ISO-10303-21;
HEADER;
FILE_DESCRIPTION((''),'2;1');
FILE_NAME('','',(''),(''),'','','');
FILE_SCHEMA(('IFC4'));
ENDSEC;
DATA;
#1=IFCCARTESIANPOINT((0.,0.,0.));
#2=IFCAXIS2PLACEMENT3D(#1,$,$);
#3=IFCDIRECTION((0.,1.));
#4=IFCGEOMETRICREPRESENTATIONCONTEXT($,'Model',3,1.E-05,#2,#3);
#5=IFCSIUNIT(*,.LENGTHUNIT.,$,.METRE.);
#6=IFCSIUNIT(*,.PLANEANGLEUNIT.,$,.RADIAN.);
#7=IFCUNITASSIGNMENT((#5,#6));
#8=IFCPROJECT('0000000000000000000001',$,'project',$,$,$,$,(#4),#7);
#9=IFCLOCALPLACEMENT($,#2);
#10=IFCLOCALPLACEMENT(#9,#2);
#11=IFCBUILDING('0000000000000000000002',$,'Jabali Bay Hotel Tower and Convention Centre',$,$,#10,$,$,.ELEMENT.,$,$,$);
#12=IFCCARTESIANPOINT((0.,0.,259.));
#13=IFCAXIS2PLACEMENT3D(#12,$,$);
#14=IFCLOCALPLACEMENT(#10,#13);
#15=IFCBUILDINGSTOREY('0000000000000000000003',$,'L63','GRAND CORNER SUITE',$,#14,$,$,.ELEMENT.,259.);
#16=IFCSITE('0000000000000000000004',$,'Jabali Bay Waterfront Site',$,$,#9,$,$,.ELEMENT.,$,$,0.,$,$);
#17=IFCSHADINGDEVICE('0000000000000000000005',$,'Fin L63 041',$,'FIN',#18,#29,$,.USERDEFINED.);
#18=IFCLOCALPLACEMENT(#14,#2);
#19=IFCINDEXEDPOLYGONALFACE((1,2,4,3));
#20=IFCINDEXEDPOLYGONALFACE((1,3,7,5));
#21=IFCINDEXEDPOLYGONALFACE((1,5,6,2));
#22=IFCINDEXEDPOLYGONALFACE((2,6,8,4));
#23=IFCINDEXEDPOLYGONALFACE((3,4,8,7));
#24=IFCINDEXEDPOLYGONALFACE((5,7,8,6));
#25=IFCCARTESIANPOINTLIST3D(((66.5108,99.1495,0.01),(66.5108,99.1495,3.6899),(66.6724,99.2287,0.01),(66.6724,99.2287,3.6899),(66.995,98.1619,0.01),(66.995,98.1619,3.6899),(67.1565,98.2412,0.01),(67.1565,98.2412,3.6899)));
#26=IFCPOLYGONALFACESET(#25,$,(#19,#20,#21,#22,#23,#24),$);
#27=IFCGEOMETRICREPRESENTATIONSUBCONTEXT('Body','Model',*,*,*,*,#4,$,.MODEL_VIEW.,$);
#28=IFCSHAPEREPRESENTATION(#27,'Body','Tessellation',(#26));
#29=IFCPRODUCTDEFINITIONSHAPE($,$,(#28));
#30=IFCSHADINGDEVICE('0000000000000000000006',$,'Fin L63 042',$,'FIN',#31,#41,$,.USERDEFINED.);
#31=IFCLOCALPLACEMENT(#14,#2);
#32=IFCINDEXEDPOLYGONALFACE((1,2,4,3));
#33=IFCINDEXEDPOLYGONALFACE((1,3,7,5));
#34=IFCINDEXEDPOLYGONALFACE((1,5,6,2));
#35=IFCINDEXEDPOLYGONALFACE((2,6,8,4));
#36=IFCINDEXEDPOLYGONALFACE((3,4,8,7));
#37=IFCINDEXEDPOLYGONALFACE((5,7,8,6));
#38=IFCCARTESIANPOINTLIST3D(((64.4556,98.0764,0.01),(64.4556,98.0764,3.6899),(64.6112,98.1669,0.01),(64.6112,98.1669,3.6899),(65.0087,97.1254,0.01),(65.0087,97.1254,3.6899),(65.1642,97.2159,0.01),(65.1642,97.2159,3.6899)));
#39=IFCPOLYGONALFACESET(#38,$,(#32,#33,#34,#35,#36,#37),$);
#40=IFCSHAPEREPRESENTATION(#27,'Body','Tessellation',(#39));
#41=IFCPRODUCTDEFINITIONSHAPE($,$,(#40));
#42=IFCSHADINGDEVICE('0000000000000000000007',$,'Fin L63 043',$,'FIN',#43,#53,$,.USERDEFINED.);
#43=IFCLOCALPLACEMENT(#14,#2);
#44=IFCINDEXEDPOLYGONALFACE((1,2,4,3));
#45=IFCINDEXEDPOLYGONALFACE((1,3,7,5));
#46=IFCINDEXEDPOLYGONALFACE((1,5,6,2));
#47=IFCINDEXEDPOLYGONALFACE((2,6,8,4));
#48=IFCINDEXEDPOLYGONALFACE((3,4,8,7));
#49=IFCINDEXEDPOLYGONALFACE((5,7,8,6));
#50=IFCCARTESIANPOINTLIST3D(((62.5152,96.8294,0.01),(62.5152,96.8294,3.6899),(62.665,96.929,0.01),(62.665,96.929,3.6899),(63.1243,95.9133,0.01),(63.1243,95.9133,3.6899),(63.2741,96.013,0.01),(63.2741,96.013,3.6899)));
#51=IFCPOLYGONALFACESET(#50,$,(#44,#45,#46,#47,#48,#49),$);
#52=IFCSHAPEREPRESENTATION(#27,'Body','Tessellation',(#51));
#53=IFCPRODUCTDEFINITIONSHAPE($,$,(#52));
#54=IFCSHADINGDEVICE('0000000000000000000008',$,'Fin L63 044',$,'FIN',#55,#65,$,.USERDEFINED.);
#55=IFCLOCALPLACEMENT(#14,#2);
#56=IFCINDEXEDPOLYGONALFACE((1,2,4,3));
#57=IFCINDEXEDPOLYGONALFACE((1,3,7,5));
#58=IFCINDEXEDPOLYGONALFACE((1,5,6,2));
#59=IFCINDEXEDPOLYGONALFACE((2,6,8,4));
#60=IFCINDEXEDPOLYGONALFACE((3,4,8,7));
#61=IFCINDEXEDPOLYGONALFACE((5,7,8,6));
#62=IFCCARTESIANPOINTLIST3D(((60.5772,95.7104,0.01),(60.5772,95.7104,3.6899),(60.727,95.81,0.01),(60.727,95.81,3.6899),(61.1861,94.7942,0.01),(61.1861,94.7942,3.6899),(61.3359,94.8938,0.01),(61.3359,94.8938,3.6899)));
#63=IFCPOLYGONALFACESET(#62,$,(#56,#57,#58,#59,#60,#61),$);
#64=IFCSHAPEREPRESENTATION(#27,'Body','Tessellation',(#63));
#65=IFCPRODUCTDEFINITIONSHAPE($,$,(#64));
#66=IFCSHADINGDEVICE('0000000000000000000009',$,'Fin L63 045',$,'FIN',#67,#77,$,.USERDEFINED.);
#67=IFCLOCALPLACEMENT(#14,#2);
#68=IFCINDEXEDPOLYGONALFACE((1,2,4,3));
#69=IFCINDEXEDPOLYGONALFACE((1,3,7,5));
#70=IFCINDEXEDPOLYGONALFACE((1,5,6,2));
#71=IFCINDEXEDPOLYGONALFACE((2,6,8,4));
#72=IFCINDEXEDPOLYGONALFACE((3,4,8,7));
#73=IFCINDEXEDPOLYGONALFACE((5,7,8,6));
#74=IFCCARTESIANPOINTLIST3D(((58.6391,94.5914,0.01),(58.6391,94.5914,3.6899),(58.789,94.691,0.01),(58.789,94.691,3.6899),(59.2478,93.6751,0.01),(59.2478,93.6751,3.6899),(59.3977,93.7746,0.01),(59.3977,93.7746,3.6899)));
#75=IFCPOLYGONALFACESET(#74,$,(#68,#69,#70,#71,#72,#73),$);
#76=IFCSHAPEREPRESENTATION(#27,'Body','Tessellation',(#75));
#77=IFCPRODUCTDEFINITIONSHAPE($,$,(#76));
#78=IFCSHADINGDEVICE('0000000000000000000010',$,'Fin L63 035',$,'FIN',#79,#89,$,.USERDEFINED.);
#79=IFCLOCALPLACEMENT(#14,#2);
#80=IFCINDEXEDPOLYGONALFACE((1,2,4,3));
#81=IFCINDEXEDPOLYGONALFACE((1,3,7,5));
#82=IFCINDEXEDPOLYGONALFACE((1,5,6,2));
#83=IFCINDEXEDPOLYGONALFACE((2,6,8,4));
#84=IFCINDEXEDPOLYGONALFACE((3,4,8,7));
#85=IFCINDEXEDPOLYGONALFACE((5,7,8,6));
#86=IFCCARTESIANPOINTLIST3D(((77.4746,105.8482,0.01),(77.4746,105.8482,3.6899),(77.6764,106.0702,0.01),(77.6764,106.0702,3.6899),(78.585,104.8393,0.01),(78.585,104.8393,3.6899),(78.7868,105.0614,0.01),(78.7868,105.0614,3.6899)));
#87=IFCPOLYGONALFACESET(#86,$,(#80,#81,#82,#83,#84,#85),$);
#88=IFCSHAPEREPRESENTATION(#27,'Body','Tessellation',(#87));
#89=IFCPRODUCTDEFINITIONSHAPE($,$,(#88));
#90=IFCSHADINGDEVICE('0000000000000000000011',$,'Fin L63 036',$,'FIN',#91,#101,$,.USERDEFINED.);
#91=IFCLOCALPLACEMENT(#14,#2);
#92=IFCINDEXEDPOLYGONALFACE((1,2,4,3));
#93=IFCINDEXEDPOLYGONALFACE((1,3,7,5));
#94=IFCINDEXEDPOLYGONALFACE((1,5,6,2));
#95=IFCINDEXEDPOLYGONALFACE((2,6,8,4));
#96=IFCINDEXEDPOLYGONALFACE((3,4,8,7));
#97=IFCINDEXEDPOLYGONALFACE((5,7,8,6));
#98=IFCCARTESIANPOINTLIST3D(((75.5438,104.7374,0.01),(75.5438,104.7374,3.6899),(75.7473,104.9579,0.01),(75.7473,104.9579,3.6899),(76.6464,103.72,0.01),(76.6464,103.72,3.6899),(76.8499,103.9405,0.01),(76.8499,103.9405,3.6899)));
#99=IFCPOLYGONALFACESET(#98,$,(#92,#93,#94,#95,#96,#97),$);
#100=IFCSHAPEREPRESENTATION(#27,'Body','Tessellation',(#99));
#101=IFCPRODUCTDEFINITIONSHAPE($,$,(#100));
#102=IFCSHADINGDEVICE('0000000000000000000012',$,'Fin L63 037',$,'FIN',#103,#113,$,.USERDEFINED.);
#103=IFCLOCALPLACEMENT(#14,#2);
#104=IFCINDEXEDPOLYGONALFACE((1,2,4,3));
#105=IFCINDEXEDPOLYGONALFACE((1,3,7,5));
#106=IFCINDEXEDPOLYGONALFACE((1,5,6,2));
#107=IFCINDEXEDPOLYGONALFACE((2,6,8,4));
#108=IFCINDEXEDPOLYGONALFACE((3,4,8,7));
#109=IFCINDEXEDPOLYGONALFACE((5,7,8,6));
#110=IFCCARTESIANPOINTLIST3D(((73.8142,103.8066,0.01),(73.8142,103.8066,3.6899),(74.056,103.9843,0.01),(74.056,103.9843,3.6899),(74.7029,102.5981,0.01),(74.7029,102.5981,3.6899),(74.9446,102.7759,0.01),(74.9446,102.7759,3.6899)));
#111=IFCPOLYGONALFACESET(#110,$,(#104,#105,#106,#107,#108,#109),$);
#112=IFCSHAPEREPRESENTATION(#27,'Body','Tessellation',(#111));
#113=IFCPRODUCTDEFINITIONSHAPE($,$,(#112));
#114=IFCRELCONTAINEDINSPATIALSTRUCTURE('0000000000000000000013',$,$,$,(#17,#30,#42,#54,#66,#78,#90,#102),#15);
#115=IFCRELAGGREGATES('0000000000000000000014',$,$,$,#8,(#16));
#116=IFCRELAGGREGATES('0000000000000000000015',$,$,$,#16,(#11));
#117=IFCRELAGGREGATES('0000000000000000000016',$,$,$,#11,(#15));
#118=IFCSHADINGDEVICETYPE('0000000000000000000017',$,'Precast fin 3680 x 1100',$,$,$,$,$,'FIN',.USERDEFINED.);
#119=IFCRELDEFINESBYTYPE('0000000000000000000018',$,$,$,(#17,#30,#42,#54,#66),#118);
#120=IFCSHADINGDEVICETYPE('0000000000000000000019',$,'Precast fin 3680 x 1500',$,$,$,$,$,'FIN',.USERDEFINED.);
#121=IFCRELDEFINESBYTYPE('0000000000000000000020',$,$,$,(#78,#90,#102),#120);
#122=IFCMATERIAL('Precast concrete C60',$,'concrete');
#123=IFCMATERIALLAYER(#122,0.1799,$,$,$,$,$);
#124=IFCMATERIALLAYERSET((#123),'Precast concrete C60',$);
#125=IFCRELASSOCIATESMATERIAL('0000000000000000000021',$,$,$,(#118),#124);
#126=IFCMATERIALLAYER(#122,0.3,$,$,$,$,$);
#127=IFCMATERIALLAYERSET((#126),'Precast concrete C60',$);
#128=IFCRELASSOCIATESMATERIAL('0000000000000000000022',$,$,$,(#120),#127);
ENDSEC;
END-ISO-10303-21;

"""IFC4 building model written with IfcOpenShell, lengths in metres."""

from ifc_helpers import new_model, si_unit, direction, frame, frame_2d, origin, place, context, subcontext, project, spatial, rectangle, extrude, material, layer, layer_set, type_object, element, save


model = new_model("IFC4")

# Units and contexts
model_context = context("Model", 3, precision=1e-05, world=origin(), true_north=direction((0.0, 1.0)))
body_context = subcontext(model_context, "Body", "Model", "MODEL_VIEW")
ifc_project = project(units=[si_unit("LENGTHUNIT", "METRE"), si_unit("PLANEANGLEUNIT", "RADIAN")], contexts=[model_context])

# Site, building, storey
site_placement = place(None, origin())
site = spatial("IfcSite", under=ifc_project, at=site_placement, Name="Jabali Bay Waterfront Site", CompositionType="ELEMENT", RefElevation=0.0)
building_placement = place(site_placement, origin())
building = spatial("IfcBuilding", under=site, at=building_placement, Name="Jabali Bay Hotel Tower and Convention Centre", CompositionType="ELEMENT")
storey_placement = place(building_placement, frame((0.0, 0.0, 259.0)))
storey = spatial("IfcBuildingStorey", under=building, at=storey_placement, Name="L63", Description="GRAND CORNER SUITE", CompositionType="ELEMENT", Elevation=259.0)

# Shading devices
ifc_material_1 = material(Name="Precast concrete C60", Category="concrete")
ifc_layer_1 = layer(ifc_material_1, 0.1799)
ifc_layer_set_1 = layer_set([ifc_layer_1], Name="Precast concrete C60")
shading_device_type_1 = type_object("IfcShadingDeviceType", Name="Precast fin 3680 x 1100", ElementType="FIN", PredefinedType="USERDEFINED", material=ifc_layer_set_1)
shading_device_1_placement = place(storey_placement, frame((67.0757, 98.2017, 0.01), z_axis=(0.0, 0.0, 1.0), x_axis=(-0.440185, 0.897907, 0.0)))
element("IfcShadingDevice", 1, at=shading_device_1_placement, inside=storey, type_object=shading_device_type_1, Name="Fin L63 041", ObjectType="FIN", PredefinedType="USERDEFINED", context=body_context, shape_type="SweptSolid", body=[
    extrude(rectangle(XDim=1.0999, YDim=0.1799, at=frame_2d((0.5498, 0.0))), origin(), (0.0, 0.0, 1.0), 3.6799),
])
for number, where, z_axis, x_axis, name in (
    (2, (65.0864, 97.1707, 0.01), (0.0, 0.0, 1.0), (-0.502698, 0.864462, 0.0), "Fin L63 042"),
    (3, (63.1992, 95.9631, 0.01), (0.0, 0.0, 1.0), (-0.553727, 0.832698, 0.0), "Fin L63 043"),
    (4, (61.261, 94.844, 0.01), (0.0, 0.0, 1.0), (-0.55347, 0.832869, 0.0), "Fin L63 044"),
    (5, (59.3228, 93.7249, 0.01), (0.0, 0.0, 1.0), (-0.553317, 0.832971, 0.0), "Fin L63 045"),
):
    element("IfcShadingDevice", number, at=place(storey_placement, frame(where, z_axis=z_axis, x_axis=x_axis)), inside=storey, type_object=shading_device_type_1, Name=name, ObjectType="FIN", PredefinedType="USERDEFINED", context=body_context, shape_type="SweptSolid", body=[
        extrude(rectangle(XDim=1.1001, YDim=0.1799, at=frame_2d((0.55, 0.0))), origin(), (0.0, 0.0, 1.0), 3.6799),
    ])
ifc_layer_2 = layer(ifc_material_1, 0.3)
ifc_layer_set_2 = layer_set([ifc_layer_2], Name="Precast concrete C60")
shading_device_type_2 = type_object("IfcShadingDeviceType", Name="Precast fin 3680 x 1500", ElementType="FIN", PredefinedType="USERDEFINED", material=ifc_layer_set_2)
for number, where, z_axis, x_axis, name in (
    (6, (78.6858, 104.9504, 0.01), (0.0, 0.0, 1.0), (-0.740146, 0.672446, 0.0), "Fin L63 035"),
    (7, (76.748, 103.8303, 0.01), (0.0, 0.0, 1.0), (-0.734934, 0.678138, 0.0), "Fin L63 036"),
):
    element("IfcShadingDevice", number, at=place(storey_placement, frame(where, z_axis=z_axis, x_axis=x_axis)), inside=storey, type_object=shading_device_type_2, Name=name, ObjectType="FIN", PredefinedType="USERDEFINED", context=body_context, shape_type="SweptSolid", body=[
        extrude(rectangle(XDim=1.5002, YDim=0.3, at=frame_2d((0.75, 0.0))), origin(), (0.0, 0.0, 1.0), 3.6799),
    ])
shading_device_2_placement = place(storey_placement, frame((74.8237, 102.687, 0.01), z_axis=(0.0, 0.0, 1.0), x_axis=(-0.592422, 0.805628, 0.0)))
element("IfcShadingDevice", 8, at=shading_device_2_placement, inside=storey, type_object=shading_device_type_2, Name="Fin L63 037", ObjectType="FIN", PredefinedType="USERDEFINED", context=body_context, shape_type="SweptSolid", body=[
    extrude(rectangle(XDim=1.5, YDim=0.3, at=frame_2d((0.75, 0.0))), origin(), (0.0, 0.0, 1.0), 3.6799),
])

save(model, "model.ifc")
